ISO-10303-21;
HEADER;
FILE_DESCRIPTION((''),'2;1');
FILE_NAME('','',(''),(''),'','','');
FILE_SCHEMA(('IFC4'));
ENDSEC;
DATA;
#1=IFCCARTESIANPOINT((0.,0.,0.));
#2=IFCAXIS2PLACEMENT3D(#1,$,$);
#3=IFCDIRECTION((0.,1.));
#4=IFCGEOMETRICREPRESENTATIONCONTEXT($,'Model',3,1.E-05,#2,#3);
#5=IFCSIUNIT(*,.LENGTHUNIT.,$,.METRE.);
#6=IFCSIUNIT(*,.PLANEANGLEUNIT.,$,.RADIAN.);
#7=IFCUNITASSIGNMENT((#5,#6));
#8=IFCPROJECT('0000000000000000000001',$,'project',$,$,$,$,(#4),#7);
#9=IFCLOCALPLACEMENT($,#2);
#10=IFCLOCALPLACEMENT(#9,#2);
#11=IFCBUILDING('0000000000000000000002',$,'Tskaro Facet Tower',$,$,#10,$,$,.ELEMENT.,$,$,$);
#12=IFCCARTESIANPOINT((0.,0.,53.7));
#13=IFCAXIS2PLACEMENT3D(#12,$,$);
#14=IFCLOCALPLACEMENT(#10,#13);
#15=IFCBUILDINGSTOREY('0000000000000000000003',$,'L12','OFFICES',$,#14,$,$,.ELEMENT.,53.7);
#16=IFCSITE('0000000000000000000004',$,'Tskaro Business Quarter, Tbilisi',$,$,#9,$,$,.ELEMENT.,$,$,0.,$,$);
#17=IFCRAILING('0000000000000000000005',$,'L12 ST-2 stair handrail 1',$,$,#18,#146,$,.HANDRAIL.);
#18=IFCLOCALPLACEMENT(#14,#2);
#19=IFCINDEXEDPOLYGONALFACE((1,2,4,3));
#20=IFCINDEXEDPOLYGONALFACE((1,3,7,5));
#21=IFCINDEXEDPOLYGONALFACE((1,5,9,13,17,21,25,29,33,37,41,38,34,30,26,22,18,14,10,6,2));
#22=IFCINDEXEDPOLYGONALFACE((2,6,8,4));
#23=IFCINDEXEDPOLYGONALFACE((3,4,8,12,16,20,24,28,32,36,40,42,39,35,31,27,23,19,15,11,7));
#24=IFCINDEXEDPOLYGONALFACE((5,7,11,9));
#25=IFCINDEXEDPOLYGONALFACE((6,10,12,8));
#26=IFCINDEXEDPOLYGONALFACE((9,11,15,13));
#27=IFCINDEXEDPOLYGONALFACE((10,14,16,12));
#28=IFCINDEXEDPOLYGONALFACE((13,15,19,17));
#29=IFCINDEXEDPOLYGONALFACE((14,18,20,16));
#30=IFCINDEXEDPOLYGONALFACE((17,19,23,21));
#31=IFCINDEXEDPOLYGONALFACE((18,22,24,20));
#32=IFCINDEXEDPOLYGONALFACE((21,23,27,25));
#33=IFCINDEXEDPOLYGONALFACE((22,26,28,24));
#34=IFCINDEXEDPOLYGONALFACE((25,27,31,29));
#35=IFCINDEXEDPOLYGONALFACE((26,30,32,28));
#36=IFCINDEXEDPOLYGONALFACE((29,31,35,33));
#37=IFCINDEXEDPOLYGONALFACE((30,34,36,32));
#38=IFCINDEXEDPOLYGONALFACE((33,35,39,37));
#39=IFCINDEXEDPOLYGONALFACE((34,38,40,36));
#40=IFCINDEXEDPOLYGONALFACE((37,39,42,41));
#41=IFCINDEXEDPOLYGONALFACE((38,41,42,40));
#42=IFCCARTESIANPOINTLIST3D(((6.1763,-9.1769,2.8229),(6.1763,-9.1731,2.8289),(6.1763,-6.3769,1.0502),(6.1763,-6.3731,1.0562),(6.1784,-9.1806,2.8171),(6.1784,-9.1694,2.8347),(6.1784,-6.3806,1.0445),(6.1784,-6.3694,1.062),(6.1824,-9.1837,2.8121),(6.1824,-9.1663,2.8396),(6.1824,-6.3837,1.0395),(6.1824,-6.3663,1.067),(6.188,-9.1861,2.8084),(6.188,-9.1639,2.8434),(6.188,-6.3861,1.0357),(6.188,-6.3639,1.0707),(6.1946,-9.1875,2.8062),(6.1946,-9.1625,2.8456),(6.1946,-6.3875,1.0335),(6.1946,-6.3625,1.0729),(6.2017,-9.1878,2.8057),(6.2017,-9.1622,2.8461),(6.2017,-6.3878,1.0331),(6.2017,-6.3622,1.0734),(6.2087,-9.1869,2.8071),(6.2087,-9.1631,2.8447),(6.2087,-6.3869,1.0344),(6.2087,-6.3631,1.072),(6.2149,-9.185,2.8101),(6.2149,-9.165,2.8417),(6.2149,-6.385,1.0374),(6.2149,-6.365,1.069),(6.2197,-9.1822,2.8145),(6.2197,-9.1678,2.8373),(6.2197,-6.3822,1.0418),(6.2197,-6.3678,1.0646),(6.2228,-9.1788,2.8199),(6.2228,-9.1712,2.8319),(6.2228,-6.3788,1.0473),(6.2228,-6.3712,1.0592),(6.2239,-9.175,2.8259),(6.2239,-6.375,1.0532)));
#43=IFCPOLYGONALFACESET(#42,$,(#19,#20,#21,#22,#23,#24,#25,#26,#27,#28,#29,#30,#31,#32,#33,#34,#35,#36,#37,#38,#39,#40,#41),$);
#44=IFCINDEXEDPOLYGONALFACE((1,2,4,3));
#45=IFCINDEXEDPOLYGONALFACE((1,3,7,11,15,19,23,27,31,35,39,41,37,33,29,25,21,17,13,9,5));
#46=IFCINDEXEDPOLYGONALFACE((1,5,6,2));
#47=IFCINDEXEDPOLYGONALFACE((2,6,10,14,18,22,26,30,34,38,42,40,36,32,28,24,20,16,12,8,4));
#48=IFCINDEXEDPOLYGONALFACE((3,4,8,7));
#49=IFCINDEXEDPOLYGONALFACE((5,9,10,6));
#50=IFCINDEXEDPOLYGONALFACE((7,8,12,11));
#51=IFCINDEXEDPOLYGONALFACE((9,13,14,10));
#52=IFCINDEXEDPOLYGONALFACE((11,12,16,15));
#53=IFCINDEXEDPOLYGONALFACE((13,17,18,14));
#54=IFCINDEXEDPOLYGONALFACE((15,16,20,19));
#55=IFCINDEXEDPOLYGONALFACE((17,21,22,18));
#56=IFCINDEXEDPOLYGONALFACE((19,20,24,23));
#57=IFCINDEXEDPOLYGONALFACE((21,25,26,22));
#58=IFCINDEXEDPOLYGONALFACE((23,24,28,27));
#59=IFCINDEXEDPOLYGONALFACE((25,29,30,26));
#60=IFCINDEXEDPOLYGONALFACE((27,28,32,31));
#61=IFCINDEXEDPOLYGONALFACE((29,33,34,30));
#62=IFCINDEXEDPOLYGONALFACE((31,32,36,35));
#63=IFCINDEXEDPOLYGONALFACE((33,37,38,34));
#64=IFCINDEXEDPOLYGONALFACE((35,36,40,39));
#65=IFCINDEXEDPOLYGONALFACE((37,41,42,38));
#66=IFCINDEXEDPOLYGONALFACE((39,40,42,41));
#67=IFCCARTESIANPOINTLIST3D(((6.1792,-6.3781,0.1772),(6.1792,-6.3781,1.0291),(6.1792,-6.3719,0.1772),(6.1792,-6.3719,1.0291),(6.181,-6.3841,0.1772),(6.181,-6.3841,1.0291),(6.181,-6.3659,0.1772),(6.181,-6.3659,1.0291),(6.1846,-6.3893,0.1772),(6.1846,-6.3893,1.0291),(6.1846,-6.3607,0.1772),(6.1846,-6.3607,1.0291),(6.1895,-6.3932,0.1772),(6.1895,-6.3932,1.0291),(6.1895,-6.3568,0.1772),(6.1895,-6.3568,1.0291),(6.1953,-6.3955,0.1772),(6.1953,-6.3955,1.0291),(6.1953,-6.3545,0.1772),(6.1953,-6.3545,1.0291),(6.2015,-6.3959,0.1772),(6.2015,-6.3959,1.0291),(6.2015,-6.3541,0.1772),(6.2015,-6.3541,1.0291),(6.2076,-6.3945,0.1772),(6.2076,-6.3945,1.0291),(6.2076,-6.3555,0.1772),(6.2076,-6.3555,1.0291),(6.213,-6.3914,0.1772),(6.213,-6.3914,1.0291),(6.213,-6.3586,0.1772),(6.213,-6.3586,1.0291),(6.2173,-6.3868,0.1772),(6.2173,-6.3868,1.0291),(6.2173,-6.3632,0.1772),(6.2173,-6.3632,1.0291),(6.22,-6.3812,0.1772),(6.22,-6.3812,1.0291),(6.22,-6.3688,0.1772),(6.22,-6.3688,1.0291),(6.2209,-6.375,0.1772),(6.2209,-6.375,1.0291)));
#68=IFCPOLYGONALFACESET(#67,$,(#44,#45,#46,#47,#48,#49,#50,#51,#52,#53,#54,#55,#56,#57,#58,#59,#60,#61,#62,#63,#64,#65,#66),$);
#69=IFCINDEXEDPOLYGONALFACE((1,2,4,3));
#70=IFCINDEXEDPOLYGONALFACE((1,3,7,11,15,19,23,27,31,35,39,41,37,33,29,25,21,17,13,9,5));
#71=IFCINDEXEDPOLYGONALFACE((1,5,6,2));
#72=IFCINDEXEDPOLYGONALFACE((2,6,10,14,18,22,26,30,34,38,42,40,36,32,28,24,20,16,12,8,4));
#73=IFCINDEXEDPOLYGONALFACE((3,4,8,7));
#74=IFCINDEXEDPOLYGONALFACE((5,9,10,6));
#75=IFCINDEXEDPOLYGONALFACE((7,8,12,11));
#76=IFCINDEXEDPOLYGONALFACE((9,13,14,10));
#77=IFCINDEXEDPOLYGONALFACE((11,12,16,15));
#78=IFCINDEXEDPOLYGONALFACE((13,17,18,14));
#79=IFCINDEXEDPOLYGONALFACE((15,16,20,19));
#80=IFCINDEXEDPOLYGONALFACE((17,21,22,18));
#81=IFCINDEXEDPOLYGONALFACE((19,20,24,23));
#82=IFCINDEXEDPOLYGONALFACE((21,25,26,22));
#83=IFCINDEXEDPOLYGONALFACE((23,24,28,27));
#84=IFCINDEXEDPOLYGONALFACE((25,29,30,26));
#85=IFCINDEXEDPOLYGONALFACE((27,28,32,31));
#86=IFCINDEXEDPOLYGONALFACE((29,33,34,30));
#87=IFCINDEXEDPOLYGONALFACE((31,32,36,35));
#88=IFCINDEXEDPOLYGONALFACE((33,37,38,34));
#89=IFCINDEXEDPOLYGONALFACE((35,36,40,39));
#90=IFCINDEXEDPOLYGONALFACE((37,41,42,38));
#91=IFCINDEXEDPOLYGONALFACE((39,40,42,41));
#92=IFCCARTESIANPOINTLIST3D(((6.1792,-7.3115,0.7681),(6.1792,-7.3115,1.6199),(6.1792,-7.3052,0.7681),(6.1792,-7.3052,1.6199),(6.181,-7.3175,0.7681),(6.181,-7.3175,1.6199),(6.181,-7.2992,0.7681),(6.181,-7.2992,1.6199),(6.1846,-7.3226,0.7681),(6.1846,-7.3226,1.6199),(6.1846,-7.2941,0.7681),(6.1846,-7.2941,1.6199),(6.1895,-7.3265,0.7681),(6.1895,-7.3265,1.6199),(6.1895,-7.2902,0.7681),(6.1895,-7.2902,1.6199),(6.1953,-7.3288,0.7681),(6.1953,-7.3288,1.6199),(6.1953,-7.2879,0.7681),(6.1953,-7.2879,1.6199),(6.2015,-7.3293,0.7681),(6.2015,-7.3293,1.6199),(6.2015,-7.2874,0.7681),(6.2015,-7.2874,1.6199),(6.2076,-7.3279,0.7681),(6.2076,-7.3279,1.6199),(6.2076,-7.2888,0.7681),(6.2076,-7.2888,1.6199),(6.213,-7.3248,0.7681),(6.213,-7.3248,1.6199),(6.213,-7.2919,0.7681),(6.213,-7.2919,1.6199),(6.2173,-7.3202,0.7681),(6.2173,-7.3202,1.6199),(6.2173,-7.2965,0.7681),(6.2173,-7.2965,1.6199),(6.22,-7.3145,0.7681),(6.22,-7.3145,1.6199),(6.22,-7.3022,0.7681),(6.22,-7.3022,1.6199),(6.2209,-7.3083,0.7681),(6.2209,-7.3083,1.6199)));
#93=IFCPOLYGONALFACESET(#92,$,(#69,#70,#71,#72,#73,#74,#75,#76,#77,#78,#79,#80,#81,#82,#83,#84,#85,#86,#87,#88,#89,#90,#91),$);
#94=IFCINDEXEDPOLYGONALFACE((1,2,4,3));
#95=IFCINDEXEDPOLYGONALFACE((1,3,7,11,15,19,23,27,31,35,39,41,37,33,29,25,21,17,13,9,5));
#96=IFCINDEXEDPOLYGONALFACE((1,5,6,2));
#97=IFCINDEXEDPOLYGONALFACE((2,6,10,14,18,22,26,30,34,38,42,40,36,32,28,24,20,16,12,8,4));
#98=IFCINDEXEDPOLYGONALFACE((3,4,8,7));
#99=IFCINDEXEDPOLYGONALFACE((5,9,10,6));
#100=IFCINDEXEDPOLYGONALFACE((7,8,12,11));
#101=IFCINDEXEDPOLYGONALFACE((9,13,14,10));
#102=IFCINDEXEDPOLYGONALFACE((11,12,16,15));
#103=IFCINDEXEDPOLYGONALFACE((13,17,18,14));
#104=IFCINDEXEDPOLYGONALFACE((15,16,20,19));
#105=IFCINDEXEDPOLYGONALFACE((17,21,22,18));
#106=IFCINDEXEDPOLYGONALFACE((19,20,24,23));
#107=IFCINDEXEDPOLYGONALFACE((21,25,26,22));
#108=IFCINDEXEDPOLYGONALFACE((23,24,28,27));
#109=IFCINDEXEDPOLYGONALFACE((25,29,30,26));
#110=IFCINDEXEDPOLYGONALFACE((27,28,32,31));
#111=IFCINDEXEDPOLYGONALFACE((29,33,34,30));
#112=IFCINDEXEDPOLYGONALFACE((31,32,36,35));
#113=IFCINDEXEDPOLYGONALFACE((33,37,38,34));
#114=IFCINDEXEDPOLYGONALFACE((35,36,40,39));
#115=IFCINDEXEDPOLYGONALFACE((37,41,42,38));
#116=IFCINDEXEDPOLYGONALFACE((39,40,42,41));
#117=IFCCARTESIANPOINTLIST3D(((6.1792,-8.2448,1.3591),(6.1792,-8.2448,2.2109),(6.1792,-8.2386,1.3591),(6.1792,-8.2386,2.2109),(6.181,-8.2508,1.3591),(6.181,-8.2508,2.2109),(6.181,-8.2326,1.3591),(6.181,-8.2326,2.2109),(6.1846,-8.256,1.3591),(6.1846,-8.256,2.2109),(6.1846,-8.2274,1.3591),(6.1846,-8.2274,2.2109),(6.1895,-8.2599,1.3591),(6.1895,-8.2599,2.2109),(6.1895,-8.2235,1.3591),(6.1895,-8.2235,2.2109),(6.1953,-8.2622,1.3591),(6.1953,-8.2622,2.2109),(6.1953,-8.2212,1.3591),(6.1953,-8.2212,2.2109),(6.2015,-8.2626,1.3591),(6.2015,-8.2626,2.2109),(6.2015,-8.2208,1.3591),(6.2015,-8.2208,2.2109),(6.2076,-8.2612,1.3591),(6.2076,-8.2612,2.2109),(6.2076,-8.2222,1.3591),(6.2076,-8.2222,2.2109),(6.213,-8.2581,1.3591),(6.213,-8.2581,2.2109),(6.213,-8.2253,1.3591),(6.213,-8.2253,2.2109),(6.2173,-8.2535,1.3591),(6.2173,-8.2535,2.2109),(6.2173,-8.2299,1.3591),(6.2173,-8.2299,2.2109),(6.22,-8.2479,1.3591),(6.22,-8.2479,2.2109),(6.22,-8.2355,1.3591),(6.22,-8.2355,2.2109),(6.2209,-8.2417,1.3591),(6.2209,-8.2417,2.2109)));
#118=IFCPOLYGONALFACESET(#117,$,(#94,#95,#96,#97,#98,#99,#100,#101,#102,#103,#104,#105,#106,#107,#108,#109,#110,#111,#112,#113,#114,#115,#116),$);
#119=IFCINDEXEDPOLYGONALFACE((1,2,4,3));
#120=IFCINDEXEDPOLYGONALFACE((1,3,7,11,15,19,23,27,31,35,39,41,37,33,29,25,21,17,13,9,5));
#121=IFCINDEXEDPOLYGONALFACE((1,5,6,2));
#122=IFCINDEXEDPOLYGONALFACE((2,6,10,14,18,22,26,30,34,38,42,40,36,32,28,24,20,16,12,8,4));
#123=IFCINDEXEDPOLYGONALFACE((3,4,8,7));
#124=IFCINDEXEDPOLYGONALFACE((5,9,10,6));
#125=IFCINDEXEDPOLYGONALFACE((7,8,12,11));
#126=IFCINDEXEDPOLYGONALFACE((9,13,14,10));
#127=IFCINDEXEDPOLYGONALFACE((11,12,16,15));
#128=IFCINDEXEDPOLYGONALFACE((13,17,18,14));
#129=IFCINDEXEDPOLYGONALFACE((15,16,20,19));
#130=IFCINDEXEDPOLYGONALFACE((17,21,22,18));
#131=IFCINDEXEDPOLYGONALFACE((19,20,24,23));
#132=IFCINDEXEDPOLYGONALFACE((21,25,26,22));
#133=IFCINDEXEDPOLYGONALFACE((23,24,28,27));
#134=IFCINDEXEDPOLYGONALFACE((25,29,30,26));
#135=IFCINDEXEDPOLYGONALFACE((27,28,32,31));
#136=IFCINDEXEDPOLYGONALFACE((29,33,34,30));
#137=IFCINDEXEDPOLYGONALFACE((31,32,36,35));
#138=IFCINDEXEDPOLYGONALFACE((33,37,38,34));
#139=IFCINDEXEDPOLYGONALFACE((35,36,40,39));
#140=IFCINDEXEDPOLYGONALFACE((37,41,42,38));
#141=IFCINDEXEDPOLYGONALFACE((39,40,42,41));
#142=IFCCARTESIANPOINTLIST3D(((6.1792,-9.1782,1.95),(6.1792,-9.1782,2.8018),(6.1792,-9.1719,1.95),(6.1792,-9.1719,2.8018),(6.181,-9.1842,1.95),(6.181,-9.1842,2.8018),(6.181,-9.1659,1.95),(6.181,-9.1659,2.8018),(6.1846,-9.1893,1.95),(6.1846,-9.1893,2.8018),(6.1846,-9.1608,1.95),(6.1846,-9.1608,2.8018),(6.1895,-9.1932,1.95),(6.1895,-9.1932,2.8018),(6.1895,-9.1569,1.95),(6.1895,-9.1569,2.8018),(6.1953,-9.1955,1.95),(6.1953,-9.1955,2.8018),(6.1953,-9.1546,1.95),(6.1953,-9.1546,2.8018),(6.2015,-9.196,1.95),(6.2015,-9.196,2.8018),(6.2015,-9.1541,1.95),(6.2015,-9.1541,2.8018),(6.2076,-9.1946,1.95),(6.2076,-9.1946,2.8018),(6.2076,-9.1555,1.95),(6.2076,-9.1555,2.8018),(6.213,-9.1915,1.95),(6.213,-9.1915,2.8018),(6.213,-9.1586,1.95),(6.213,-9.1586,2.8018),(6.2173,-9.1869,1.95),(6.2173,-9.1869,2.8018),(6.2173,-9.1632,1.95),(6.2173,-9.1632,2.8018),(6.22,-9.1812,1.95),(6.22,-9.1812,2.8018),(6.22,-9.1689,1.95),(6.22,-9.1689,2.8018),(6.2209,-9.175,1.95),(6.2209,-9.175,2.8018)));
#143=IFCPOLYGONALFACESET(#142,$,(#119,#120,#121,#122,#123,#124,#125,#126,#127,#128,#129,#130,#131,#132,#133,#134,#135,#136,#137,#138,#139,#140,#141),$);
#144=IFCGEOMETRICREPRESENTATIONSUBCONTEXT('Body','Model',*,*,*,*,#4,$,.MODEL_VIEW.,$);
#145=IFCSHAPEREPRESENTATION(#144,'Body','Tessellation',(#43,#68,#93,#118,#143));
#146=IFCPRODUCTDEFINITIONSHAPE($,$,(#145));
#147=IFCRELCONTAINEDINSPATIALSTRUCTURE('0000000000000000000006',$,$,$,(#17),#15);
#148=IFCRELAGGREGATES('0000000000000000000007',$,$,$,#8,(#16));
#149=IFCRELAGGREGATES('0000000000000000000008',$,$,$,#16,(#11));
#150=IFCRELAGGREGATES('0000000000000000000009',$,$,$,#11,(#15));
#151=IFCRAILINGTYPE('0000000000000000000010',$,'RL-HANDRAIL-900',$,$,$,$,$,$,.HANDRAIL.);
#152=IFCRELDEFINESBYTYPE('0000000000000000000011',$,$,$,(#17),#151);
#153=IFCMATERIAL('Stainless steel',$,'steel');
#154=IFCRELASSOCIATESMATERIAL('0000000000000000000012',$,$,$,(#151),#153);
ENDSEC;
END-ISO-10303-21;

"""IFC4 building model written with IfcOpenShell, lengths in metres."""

from ifc_helpers import new_model, si_unit, direction, frame, origin, origin_2d, place, context, subcontext, project, spatial, circle, extrude, material, type_object, element, save


model = new_model("IFC4")

# Units and contexts
model_context = context("Model", 3, precision=1e-05, world=origin(), true_north=direction((0.0, 1.0)))
body_context = subcontext(model_context, "Body", "Model", "MODEL_VIEW")
ifc_project = project(units=[si_unit("LENGTHUNIT", "METRE"), si_unit("PLANEANGLEUNIT", "RADIAN")], contexts=[model_context])

# Site, building, storey
site_placement = place(None, origin())
site = spatial("IfcSite", under=ifc_project, at=site_placement, Name="Tskaro Business Quarter, Tbilisi", CompositionType="ELEMENT", RefElevation=0.0)
building_placement = place(site_placement, origin())
building = spatial("IfcBuilding", under=site, at=building_placement, Name="Tskaro Facet Tower", CompositionType="ELEMENT")
storey_placement = place(building_placement, frame((0.0, 0.0, 53.7)))
storey = spatial("IfcBuildingStorey", under=building, at=storey_placement, Name="L12", Description="OFFICES", CompositionType="ELEMENT", Elevation=53.7)

# Shared definitions
ifc_material_1 = material(Name="Stainless steel", Category="steel")

# Railing
railing_type_1 = type_object("IfcRailingType", Name="RL-HANDRAIL-900", PredefinedType="HANDRAIL", material=ifc_material_1)
railing_1_placement = place(storey_placement, frame((6.2, -6.375, 0.1772)))
element("IfcRailing", 1, at=railing_1_placement, inside=storey, type_object=railing_type_1, Name="L12 ST-2 stair handrail 1", PredefinedType="HANDRAIL", context=body_context, shape_type="SweptSolid", body=[
    extrude(circle(Radius=0.0239, at=origin_2d()), frame((0.0, 0.0, 0.876), z_axis=(0.0, -0.844909, 0.53491), x_axis=(1.0, 0.0, 0.0)), (0.0, 0.0, 1.0), 3.314),
    extrude(circle(Radius=0.021, at=origin_2d()), origin(), (0.0, 0.0, 1.0), 0.8518),
    extrude(circle(Radius=0.021, at=origin_2d()), frame((0.0, -0.9333, 0.5908)), (0.0, 0.0, 1.0), 0.8518),
    extrude(circle(Radius=0.021, at=origin_2d()), frame((0.0, -1.8667, 1.1819)), (0.0, 0.0, 1.0), 0.8518),
    extrude(circle(Radius=0.021, at=origin_2d()), frame((0.0, -2.8, 1.7727)), (0.0, 0.0, 1.0), 0.8518),
])

save(model, "model.ifc")
